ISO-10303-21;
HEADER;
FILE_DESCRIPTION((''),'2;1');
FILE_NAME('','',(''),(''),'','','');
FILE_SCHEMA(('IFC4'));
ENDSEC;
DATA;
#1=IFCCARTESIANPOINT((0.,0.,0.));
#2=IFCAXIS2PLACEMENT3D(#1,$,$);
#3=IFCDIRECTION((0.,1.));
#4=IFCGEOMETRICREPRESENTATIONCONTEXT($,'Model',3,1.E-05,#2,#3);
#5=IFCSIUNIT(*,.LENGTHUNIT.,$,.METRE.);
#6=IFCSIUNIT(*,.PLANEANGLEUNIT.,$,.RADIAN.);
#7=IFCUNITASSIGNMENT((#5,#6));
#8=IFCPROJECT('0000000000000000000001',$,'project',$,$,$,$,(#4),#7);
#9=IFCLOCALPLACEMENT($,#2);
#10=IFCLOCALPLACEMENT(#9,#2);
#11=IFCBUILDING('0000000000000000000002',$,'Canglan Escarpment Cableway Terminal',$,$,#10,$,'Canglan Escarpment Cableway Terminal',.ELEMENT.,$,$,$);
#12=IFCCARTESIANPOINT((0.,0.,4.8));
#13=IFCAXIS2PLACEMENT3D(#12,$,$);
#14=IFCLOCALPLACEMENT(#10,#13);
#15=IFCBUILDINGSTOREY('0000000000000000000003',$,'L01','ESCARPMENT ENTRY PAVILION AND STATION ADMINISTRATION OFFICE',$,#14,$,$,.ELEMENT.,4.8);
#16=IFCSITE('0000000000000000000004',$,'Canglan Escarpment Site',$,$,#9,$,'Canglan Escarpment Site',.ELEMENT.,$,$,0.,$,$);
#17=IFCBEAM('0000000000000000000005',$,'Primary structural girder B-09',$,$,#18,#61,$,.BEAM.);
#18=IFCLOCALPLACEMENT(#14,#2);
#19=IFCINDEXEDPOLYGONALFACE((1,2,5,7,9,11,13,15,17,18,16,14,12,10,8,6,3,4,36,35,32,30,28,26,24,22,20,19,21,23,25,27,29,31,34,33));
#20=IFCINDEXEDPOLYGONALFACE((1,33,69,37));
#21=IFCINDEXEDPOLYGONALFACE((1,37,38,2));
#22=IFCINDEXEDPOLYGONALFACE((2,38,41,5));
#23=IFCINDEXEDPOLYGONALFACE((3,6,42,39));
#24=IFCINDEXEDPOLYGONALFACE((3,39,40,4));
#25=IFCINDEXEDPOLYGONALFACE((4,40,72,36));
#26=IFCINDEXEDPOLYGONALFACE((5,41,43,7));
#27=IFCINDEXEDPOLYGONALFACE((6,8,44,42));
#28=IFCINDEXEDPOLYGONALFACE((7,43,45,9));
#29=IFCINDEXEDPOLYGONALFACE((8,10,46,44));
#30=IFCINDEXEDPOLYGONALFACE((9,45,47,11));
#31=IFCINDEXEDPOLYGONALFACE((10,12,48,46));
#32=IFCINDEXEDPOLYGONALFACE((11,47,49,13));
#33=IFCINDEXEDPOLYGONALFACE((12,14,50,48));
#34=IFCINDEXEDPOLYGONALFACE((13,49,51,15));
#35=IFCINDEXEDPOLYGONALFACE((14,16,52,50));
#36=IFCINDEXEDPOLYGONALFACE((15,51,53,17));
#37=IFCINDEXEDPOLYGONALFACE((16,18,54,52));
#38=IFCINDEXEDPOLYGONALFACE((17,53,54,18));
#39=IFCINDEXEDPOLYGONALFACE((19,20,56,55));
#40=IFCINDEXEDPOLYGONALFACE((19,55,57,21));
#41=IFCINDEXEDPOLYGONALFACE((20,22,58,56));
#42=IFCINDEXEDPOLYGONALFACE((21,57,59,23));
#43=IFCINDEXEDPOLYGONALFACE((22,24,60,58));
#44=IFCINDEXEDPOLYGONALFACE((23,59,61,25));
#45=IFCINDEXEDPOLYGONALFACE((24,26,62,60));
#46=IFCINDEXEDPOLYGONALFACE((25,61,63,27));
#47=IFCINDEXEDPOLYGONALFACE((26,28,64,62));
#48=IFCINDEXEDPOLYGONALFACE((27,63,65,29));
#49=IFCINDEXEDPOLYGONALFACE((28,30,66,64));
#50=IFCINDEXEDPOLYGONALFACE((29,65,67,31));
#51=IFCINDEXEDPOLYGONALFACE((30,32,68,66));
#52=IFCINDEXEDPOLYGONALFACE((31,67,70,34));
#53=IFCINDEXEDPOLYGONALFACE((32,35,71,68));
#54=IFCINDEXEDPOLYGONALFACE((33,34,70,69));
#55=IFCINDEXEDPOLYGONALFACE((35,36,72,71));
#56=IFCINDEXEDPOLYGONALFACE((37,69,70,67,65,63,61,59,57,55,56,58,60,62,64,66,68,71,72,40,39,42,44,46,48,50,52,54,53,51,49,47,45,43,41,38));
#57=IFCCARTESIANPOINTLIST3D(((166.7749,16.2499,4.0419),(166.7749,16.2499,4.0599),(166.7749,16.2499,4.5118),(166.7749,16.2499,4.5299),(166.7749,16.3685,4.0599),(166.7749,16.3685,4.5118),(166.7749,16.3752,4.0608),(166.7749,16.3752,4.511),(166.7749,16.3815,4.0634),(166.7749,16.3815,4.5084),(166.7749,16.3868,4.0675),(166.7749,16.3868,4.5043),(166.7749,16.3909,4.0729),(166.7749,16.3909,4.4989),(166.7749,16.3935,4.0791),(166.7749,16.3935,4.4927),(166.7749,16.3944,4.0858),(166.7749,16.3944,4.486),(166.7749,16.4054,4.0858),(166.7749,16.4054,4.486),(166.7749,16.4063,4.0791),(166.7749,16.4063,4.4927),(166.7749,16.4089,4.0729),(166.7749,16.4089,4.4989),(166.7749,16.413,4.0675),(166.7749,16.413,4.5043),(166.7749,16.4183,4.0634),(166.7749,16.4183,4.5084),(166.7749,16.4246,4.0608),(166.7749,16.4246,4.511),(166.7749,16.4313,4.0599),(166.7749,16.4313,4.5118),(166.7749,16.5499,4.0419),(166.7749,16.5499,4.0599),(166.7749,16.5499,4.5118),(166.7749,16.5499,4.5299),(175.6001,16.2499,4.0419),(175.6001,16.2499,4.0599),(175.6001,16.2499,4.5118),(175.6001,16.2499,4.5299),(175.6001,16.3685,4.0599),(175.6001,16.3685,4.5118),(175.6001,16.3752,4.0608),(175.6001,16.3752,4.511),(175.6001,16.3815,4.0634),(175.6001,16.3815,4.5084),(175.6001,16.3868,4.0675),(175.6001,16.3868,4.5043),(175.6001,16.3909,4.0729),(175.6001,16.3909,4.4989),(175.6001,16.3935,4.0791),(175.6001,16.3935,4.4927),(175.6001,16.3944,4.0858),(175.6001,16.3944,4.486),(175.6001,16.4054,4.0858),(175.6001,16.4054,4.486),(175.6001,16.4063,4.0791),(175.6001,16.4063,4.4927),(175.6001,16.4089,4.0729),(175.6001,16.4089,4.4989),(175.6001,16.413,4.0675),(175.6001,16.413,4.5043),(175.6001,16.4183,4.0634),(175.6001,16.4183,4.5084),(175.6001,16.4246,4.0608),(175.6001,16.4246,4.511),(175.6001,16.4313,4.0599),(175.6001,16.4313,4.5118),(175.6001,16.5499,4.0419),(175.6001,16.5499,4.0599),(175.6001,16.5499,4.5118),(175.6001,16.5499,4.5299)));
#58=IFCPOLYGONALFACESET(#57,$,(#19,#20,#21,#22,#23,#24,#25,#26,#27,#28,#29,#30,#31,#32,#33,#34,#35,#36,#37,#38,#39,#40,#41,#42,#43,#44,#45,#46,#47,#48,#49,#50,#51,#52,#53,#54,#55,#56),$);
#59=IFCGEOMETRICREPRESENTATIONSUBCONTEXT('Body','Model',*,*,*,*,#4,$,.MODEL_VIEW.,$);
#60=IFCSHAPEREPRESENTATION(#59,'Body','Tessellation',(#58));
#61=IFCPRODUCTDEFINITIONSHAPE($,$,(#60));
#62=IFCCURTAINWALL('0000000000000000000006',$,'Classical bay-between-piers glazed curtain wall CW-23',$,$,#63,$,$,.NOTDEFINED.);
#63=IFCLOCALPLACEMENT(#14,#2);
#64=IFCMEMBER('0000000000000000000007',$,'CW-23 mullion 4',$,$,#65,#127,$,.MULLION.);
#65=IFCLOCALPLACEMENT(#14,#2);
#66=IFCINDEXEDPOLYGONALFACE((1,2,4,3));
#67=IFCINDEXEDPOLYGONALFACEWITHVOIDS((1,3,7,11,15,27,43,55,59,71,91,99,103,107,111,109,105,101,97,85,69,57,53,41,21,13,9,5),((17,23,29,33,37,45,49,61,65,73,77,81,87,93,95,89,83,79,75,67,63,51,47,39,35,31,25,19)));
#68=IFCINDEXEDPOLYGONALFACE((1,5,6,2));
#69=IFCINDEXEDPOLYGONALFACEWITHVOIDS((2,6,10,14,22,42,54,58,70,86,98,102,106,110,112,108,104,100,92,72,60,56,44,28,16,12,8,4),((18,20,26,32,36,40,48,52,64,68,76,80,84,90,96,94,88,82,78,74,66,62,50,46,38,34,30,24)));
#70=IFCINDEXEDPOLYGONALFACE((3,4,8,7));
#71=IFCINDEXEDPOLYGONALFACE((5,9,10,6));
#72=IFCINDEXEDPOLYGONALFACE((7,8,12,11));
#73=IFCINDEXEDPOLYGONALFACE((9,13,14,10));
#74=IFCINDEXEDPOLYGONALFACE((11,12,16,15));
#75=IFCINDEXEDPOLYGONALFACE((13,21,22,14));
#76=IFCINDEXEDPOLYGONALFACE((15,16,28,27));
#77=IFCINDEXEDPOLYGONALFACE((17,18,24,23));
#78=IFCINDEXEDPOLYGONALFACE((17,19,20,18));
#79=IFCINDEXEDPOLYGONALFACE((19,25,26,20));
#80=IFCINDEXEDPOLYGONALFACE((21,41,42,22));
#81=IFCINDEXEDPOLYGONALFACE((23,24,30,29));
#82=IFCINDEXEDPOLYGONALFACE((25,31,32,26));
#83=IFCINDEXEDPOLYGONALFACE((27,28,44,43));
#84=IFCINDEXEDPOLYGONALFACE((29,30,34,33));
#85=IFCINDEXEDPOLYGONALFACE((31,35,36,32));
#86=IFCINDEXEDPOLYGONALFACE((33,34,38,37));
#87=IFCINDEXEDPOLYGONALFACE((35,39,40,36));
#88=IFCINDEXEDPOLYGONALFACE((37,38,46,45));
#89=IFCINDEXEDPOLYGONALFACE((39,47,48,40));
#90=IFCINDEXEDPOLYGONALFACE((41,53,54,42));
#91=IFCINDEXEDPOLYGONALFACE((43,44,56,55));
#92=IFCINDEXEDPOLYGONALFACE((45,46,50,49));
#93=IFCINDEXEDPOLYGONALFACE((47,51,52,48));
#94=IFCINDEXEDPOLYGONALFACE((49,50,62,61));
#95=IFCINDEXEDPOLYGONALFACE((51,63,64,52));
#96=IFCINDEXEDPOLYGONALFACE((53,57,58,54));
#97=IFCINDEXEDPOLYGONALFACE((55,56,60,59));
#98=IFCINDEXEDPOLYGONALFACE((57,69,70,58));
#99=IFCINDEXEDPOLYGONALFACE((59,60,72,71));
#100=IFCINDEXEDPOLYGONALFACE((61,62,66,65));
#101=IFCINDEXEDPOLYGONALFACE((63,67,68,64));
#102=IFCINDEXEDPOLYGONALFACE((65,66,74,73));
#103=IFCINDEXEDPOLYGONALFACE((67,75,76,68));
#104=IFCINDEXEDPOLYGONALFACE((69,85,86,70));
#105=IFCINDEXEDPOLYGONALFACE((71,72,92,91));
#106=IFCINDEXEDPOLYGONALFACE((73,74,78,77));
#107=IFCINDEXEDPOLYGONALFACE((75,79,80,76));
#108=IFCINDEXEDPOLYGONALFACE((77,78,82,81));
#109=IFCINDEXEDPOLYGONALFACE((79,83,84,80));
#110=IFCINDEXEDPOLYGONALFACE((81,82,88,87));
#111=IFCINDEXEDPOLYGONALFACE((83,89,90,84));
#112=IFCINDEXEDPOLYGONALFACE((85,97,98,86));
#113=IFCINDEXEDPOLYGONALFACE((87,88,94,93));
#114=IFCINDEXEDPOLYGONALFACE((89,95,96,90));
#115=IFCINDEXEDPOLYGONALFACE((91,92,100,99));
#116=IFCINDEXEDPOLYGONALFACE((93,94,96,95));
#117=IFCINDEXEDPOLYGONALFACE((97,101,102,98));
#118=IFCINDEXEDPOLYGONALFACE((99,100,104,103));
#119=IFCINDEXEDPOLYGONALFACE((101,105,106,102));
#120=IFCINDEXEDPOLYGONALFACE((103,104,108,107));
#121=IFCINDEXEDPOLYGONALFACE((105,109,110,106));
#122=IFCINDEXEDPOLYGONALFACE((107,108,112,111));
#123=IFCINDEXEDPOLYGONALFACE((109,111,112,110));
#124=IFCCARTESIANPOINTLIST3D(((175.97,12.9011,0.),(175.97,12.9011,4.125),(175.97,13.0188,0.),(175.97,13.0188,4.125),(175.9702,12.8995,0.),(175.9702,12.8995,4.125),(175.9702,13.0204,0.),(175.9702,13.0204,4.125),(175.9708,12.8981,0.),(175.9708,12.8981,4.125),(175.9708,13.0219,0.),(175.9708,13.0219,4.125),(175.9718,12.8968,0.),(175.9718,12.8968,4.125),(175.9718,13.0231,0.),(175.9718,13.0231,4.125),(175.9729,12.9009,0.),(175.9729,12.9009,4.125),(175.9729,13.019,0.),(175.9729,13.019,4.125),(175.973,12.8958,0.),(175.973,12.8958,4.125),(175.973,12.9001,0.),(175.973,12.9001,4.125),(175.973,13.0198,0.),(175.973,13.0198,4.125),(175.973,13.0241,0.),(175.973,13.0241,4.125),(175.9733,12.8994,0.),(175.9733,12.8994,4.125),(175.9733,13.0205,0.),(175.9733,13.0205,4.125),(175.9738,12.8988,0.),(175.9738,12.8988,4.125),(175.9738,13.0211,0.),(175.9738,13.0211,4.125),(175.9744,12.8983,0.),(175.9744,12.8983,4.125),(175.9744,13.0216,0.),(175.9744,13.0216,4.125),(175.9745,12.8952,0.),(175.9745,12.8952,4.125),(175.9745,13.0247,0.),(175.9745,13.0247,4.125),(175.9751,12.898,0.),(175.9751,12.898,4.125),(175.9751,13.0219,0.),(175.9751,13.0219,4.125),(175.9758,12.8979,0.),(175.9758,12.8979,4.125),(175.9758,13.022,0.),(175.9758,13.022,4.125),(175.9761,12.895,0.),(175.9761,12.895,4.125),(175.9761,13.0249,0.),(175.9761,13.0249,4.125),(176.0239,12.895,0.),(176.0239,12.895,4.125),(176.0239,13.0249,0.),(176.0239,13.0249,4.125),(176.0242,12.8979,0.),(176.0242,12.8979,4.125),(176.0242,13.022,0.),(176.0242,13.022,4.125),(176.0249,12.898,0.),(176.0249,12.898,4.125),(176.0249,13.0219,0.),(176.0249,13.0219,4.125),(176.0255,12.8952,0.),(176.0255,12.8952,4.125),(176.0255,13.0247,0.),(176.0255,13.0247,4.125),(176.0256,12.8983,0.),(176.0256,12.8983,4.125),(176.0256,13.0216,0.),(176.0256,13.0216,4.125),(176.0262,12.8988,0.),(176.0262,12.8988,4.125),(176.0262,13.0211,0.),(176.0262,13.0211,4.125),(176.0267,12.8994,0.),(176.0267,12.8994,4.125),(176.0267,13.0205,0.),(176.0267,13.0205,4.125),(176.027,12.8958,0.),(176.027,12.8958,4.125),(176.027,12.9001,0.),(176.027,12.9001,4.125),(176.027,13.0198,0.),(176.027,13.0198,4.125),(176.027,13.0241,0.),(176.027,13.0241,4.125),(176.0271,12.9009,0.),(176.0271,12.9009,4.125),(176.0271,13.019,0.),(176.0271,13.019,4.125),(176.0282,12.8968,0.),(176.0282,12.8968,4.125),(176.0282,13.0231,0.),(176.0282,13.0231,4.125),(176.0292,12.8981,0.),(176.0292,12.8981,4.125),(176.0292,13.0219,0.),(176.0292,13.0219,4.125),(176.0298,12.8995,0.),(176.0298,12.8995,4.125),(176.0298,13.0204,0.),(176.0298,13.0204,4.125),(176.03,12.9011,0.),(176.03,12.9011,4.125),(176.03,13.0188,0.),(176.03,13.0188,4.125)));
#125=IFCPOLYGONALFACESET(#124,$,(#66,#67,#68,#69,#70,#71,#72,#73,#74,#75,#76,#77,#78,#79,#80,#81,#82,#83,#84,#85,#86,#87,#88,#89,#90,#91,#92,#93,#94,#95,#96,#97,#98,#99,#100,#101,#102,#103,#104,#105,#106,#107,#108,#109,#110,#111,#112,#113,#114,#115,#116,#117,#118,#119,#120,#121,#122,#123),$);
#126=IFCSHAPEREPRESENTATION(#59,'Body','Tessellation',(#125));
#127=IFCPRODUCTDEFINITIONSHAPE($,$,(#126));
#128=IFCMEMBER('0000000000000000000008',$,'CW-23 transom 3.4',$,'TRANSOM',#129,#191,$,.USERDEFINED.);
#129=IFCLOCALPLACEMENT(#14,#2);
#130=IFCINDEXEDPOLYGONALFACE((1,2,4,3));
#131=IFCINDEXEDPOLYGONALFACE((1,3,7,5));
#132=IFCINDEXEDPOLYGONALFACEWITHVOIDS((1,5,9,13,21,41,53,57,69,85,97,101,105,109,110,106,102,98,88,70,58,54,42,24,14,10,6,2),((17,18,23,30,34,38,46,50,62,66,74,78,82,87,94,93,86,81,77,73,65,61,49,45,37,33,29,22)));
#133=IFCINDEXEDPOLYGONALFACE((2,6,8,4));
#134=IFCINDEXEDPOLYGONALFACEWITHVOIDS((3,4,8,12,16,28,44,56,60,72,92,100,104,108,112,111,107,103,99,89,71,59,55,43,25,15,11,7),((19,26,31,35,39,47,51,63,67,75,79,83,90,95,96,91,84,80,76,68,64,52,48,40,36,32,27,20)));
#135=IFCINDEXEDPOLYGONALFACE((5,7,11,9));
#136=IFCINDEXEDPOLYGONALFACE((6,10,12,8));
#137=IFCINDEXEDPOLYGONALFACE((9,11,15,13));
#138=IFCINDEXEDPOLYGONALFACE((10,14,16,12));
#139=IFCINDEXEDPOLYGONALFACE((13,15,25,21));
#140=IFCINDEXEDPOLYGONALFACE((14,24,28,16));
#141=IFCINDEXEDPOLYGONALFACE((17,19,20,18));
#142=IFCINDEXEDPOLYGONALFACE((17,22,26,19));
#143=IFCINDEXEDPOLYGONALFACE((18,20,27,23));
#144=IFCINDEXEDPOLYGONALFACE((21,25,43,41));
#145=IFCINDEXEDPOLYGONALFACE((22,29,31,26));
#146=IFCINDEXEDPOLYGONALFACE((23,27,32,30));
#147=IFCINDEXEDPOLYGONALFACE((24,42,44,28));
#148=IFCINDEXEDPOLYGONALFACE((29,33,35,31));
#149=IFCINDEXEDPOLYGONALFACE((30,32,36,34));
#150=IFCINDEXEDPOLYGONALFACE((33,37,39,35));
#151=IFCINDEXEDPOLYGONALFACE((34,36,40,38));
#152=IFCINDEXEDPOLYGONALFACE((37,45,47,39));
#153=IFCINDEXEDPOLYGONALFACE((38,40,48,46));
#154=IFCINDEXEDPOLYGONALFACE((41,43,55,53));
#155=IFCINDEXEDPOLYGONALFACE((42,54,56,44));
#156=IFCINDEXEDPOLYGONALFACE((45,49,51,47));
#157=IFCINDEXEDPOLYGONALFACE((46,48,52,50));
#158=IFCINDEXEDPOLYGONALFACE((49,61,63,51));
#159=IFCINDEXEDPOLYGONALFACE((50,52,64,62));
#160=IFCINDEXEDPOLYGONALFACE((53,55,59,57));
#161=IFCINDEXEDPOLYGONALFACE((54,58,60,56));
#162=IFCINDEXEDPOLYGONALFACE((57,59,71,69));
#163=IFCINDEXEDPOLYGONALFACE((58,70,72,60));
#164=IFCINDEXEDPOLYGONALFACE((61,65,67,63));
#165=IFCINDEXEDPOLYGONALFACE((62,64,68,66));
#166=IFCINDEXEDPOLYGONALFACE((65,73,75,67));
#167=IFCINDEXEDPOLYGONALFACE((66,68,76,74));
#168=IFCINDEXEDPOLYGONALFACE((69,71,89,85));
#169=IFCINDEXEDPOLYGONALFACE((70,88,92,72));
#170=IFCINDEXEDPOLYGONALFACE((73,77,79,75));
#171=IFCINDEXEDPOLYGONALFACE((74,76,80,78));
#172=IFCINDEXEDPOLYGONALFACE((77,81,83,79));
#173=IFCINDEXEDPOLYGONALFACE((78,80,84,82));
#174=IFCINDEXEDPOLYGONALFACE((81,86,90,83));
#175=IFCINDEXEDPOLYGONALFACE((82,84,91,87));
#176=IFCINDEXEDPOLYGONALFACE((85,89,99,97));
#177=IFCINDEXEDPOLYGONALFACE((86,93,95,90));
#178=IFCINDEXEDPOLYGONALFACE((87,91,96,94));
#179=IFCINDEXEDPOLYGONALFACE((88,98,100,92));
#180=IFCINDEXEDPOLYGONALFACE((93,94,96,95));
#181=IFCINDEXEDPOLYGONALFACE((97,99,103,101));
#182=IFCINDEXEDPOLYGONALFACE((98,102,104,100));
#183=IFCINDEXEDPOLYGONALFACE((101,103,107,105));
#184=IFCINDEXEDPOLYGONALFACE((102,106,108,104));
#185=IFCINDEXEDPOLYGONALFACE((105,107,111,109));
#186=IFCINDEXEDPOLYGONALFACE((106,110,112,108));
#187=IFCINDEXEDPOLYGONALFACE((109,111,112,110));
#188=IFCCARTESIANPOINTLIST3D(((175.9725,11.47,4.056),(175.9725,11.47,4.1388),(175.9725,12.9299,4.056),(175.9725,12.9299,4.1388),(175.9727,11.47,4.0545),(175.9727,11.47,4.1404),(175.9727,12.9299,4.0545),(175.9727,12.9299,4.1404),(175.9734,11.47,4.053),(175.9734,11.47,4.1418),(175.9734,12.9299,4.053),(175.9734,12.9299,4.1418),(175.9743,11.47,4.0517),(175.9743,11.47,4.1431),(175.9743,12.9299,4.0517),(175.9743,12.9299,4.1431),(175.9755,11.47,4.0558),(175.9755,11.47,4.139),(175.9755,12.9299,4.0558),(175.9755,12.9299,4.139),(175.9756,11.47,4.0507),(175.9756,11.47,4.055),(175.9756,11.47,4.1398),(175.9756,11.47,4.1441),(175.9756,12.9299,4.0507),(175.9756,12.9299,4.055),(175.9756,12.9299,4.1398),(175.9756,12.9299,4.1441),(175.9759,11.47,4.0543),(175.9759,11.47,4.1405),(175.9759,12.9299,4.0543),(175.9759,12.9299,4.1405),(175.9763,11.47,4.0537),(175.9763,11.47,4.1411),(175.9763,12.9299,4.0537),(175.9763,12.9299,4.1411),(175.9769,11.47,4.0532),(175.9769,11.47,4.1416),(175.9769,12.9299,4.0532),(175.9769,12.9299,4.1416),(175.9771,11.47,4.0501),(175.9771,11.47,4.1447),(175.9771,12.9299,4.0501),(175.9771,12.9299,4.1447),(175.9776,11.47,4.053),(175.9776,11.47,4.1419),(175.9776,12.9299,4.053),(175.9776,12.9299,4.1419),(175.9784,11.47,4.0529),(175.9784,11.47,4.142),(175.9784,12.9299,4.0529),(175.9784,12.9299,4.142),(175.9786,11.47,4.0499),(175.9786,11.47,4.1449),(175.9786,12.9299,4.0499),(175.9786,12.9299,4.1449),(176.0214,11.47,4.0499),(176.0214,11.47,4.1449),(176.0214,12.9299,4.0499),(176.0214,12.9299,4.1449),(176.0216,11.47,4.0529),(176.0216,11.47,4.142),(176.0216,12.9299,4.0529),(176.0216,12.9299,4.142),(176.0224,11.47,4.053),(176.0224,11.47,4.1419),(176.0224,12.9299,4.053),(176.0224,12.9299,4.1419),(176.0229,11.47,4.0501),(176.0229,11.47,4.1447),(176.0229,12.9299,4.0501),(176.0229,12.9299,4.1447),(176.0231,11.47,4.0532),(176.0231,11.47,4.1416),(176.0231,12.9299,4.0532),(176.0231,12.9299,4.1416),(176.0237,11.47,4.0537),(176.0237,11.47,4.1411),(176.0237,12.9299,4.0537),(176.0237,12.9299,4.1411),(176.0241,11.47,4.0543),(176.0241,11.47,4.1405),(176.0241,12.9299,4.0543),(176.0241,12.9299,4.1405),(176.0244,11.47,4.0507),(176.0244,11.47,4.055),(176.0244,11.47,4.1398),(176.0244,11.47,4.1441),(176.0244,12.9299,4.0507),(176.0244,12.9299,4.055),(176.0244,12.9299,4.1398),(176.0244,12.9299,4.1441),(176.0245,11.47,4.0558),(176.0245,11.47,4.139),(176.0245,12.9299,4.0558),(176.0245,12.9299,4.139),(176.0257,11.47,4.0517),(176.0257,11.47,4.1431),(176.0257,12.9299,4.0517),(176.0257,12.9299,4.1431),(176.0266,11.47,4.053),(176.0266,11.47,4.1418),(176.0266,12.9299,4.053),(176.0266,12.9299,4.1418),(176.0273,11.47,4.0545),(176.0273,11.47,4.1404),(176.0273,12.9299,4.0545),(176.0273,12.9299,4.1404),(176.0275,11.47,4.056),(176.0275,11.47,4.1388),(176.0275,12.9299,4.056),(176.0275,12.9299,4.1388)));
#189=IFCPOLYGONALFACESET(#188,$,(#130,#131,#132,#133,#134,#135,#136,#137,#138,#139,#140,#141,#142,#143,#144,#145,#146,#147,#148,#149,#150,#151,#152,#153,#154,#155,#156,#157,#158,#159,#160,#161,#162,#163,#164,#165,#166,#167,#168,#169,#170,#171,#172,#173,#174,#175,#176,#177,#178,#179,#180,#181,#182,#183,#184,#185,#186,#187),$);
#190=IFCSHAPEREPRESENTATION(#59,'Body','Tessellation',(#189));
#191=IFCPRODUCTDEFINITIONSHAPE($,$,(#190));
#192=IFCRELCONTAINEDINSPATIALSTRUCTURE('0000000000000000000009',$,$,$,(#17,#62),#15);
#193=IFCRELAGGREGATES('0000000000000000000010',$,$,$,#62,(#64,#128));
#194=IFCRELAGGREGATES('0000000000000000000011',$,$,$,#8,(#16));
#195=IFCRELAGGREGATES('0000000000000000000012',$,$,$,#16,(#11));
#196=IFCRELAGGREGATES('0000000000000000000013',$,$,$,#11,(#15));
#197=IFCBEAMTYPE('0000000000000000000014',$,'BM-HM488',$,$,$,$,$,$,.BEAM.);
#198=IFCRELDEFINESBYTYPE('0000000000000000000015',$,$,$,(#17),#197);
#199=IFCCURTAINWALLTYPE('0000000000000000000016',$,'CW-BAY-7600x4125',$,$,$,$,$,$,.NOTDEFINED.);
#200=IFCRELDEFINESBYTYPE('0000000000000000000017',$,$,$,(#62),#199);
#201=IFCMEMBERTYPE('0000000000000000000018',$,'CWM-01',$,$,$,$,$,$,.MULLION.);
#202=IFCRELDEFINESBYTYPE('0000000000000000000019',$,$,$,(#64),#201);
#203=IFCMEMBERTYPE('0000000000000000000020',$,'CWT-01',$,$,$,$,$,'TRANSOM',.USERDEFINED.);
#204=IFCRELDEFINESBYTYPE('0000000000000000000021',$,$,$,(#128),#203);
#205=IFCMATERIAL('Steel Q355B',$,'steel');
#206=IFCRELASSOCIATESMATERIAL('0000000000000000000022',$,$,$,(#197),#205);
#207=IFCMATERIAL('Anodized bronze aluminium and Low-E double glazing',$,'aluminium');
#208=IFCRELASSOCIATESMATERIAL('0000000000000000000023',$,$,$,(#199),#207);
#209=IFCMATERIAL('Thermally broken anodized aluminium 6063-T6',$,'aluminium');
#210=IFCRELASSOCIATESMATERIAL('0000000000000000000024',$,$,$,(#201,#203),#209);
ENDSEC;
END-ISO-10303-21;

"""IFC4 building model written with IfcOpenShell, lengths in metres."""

from ifc_helpers import new_model, si_unit, direction, frame, origin, origin_2d, place, context, subcontext, project, spatial, hollow_rectangle, i_section, extrude, material, material_profile, profile_set, type_object, element, aggregate, save


model = new_model("IFC4")

# Units and contexts
model_context = context("Model", 3, precision=1e-05, world=origin(), true_north=direction((0.0, 1.0)))
body_context = subcontext(model_context, "Body", "Model", "MODEL_VIEW")
ifc_project = project(units=[si_unit("LENGTHUNIT", "METRE"), si_unit("PLANEANGLEUNIT", "RADIAN")], contexts=[model_context])

# Site, building, storey
site_placement = place(None, origin())
site = spatial("IfcSite", under=ifc_project, at=site_placement, Name="Canglan Escarpment Site", LongName="Canglan Escarpment Site", CompositionType="ELEMENT", RefElevation=0.0)
building_placement = place(site_placement, origin())
building = spatial("IfcBuilding", under=site, at=building_placement, Name="Canglan Escarpment Cableway Terminal", LongName="Canglan Escarpment Cableway Terminal", CompositionType="ELEMENT")
storey_placement = place(building_placement, frame((0.0, 0.0, 4.8)))
storey = spatial("IfcBuildingStorey", under=building, at=storey_placement, Name="L01", Description="ESCARPMENT ENTRY PAVILION AND STATION ADMINISTRATION OFFICE", CompositionType="ELEMENT", Elevation=4.8)

# Beam
ifc_material_1 = material(Name="Steel Q355B", Category="steel")
ifc_material_profile_1 = material_profile(ifc_material_1, i_section(OverallWidth=0.3, OverallDepth=0.488, WebThickness=0.011, FlangeThickness=0.0181, FilletRadius=0.0259, at=origin_2d()), Name="HM 488x300x11x18")
ifc_profile_set_1 = profile_set([ifc_material_profile_1], Name="Steel Q355B")
beam_type_1 = type_object("IfcBeamType", Name="BM-HM488", PredefinedType="BEAM", material=ifc_profile_set_1)
beam_1_placement = place(storey_placement, frame((166.7749, 16.3999, 4.2859), z_axis=(1.0, 0.0, 0.0), x_axis=(0.0, 1.0, 0.0)))
element("IfcBeam", 1, at=beam_1_placement, inside=storey, type_object=beam_type_1, Name="Primary structural girder B-09", PredefinedType="BEAM", context=body_context, shape_type="SweptSolid", body=[
    extrude(i_section(OverallWidth=0.3, OverallDepth=0.488, WebThickness=0.011, FlangeThickness=0.0181, FilletRadius=0.0259, at=origin_2d()), origin(), (0.0, 0.0, 1.0), 8.8252),
])

# Curtain wall, members
ifc_material_2 = material(Name="Anodized bronze aluminium and Low-E double glazing", Category="aluminium")
curtain_wall_type = type_object("IfcCurtainWallType", Name="CW-BAY-7600x4125", PredefinedType="NOTDEFINED", material=ifc_material_2)
curtain_wall_placement = place(storey_placement, origin())
curtain_wall = element("IfcCurtainWall", 2, at=curtain_wall_placement, inside=storey, type_object=curtain_wall_type, Name="Classical bay-between-piers glazed curtain wall CW-23", PredefinedType="NOTDEFINED")
ifc_material_3 = material(Name="Thermally broken anodized aluminium 6063-T6", Category="aluminium")
ifc_material_profile_2 = material_profile(ifc_material_3, hollow_rectangle(XDim=0.0601, YDim=0.1299, WallThickness=0.0029, InnerFilletRadius=0.0029, OuterFilletRadius=0.0061, at=origin_2d()), Name="ALU-MULL 60x130x3")
ifc_profile_set_2 = profile_set([ifc_material_profile_2], Name="Thermally broken anodized aluminium 6063-T6")
member_type_1 = type_object("IfcMemberType", Name="CWM-01", PredefinedType="MULLION", material=ifc_profile_set_2)
member_1_placement = place(storey_placement, frame((176.0, 12.96, 0.0), z_axis=(0.0, 0.0, 1.0), x_axis=(-1.0, 0.0, 0.0)))
member_1 = element("IfcMember", 3, at=member_1_placement, type_object=member_type_1, Name="CW-23 mullion 4", PredefinedType="MULLION", context=body_context, shape_type="SweptSolid", body=[
    extrude(hollow_rectangle(XDim=0.0601, YDim=0.1299, WallThickness=0.0029, InnerFilletRadius=0.0029, OuterFilletRadius=0.0061, at=origin_2d()), origin(), (0.0, 0.0, 1.0), 4.125),
])
ifc_material_profile_3 = material_profile(ifc_material_3, hollow_rectangle(XDim=0.0549, YDim=0.095, WallThickness=0.0029, InnerFilletRadius=0.0029, OuterFilletRadius=0.0061, at=origin_2d()), Name="ALU-TRAN 55x95x3")
ifc_profile_set_3 = profile_set([ifc_material_profile_3], Name="Thermally broken anodized aluminium 6063-T6")
member_type_2 = type_object("IfcMemberType", Name="CWT-01", ElementType="TRANSOM", PredefinedType="USERDEFINED", material=ifc_profile_set_3)
member_2_placement = place(storey_placement, frame((176.0, 11.47, 4.0974), z_axis=(0.0, 1.0, 0.0), x_axis=(-1.0, 0.0, 0.0)))
member_2 = element("IfcMember", 4, at=member_2_placement, type_object=member_type_2, Name="CW-23 transom 3.4", ObjectType="TRANSOM", PredefinedType="USERDEFINED", context=body_context, shape_type="SweptSolid", body=[
    extrude(hollow_rectangle(XDim=0.0549, YDim=0.095, WallThickness=0.0029, InnerFilletRadius=0.0029, OuterFilletRadius=0.0061, at=origin_2d()), origin(), (0.0, 0.0, 1.0), 1.46),
])

aggregate(curtain_wall, [member_1, member_2])

save(model, "model.ifc")
